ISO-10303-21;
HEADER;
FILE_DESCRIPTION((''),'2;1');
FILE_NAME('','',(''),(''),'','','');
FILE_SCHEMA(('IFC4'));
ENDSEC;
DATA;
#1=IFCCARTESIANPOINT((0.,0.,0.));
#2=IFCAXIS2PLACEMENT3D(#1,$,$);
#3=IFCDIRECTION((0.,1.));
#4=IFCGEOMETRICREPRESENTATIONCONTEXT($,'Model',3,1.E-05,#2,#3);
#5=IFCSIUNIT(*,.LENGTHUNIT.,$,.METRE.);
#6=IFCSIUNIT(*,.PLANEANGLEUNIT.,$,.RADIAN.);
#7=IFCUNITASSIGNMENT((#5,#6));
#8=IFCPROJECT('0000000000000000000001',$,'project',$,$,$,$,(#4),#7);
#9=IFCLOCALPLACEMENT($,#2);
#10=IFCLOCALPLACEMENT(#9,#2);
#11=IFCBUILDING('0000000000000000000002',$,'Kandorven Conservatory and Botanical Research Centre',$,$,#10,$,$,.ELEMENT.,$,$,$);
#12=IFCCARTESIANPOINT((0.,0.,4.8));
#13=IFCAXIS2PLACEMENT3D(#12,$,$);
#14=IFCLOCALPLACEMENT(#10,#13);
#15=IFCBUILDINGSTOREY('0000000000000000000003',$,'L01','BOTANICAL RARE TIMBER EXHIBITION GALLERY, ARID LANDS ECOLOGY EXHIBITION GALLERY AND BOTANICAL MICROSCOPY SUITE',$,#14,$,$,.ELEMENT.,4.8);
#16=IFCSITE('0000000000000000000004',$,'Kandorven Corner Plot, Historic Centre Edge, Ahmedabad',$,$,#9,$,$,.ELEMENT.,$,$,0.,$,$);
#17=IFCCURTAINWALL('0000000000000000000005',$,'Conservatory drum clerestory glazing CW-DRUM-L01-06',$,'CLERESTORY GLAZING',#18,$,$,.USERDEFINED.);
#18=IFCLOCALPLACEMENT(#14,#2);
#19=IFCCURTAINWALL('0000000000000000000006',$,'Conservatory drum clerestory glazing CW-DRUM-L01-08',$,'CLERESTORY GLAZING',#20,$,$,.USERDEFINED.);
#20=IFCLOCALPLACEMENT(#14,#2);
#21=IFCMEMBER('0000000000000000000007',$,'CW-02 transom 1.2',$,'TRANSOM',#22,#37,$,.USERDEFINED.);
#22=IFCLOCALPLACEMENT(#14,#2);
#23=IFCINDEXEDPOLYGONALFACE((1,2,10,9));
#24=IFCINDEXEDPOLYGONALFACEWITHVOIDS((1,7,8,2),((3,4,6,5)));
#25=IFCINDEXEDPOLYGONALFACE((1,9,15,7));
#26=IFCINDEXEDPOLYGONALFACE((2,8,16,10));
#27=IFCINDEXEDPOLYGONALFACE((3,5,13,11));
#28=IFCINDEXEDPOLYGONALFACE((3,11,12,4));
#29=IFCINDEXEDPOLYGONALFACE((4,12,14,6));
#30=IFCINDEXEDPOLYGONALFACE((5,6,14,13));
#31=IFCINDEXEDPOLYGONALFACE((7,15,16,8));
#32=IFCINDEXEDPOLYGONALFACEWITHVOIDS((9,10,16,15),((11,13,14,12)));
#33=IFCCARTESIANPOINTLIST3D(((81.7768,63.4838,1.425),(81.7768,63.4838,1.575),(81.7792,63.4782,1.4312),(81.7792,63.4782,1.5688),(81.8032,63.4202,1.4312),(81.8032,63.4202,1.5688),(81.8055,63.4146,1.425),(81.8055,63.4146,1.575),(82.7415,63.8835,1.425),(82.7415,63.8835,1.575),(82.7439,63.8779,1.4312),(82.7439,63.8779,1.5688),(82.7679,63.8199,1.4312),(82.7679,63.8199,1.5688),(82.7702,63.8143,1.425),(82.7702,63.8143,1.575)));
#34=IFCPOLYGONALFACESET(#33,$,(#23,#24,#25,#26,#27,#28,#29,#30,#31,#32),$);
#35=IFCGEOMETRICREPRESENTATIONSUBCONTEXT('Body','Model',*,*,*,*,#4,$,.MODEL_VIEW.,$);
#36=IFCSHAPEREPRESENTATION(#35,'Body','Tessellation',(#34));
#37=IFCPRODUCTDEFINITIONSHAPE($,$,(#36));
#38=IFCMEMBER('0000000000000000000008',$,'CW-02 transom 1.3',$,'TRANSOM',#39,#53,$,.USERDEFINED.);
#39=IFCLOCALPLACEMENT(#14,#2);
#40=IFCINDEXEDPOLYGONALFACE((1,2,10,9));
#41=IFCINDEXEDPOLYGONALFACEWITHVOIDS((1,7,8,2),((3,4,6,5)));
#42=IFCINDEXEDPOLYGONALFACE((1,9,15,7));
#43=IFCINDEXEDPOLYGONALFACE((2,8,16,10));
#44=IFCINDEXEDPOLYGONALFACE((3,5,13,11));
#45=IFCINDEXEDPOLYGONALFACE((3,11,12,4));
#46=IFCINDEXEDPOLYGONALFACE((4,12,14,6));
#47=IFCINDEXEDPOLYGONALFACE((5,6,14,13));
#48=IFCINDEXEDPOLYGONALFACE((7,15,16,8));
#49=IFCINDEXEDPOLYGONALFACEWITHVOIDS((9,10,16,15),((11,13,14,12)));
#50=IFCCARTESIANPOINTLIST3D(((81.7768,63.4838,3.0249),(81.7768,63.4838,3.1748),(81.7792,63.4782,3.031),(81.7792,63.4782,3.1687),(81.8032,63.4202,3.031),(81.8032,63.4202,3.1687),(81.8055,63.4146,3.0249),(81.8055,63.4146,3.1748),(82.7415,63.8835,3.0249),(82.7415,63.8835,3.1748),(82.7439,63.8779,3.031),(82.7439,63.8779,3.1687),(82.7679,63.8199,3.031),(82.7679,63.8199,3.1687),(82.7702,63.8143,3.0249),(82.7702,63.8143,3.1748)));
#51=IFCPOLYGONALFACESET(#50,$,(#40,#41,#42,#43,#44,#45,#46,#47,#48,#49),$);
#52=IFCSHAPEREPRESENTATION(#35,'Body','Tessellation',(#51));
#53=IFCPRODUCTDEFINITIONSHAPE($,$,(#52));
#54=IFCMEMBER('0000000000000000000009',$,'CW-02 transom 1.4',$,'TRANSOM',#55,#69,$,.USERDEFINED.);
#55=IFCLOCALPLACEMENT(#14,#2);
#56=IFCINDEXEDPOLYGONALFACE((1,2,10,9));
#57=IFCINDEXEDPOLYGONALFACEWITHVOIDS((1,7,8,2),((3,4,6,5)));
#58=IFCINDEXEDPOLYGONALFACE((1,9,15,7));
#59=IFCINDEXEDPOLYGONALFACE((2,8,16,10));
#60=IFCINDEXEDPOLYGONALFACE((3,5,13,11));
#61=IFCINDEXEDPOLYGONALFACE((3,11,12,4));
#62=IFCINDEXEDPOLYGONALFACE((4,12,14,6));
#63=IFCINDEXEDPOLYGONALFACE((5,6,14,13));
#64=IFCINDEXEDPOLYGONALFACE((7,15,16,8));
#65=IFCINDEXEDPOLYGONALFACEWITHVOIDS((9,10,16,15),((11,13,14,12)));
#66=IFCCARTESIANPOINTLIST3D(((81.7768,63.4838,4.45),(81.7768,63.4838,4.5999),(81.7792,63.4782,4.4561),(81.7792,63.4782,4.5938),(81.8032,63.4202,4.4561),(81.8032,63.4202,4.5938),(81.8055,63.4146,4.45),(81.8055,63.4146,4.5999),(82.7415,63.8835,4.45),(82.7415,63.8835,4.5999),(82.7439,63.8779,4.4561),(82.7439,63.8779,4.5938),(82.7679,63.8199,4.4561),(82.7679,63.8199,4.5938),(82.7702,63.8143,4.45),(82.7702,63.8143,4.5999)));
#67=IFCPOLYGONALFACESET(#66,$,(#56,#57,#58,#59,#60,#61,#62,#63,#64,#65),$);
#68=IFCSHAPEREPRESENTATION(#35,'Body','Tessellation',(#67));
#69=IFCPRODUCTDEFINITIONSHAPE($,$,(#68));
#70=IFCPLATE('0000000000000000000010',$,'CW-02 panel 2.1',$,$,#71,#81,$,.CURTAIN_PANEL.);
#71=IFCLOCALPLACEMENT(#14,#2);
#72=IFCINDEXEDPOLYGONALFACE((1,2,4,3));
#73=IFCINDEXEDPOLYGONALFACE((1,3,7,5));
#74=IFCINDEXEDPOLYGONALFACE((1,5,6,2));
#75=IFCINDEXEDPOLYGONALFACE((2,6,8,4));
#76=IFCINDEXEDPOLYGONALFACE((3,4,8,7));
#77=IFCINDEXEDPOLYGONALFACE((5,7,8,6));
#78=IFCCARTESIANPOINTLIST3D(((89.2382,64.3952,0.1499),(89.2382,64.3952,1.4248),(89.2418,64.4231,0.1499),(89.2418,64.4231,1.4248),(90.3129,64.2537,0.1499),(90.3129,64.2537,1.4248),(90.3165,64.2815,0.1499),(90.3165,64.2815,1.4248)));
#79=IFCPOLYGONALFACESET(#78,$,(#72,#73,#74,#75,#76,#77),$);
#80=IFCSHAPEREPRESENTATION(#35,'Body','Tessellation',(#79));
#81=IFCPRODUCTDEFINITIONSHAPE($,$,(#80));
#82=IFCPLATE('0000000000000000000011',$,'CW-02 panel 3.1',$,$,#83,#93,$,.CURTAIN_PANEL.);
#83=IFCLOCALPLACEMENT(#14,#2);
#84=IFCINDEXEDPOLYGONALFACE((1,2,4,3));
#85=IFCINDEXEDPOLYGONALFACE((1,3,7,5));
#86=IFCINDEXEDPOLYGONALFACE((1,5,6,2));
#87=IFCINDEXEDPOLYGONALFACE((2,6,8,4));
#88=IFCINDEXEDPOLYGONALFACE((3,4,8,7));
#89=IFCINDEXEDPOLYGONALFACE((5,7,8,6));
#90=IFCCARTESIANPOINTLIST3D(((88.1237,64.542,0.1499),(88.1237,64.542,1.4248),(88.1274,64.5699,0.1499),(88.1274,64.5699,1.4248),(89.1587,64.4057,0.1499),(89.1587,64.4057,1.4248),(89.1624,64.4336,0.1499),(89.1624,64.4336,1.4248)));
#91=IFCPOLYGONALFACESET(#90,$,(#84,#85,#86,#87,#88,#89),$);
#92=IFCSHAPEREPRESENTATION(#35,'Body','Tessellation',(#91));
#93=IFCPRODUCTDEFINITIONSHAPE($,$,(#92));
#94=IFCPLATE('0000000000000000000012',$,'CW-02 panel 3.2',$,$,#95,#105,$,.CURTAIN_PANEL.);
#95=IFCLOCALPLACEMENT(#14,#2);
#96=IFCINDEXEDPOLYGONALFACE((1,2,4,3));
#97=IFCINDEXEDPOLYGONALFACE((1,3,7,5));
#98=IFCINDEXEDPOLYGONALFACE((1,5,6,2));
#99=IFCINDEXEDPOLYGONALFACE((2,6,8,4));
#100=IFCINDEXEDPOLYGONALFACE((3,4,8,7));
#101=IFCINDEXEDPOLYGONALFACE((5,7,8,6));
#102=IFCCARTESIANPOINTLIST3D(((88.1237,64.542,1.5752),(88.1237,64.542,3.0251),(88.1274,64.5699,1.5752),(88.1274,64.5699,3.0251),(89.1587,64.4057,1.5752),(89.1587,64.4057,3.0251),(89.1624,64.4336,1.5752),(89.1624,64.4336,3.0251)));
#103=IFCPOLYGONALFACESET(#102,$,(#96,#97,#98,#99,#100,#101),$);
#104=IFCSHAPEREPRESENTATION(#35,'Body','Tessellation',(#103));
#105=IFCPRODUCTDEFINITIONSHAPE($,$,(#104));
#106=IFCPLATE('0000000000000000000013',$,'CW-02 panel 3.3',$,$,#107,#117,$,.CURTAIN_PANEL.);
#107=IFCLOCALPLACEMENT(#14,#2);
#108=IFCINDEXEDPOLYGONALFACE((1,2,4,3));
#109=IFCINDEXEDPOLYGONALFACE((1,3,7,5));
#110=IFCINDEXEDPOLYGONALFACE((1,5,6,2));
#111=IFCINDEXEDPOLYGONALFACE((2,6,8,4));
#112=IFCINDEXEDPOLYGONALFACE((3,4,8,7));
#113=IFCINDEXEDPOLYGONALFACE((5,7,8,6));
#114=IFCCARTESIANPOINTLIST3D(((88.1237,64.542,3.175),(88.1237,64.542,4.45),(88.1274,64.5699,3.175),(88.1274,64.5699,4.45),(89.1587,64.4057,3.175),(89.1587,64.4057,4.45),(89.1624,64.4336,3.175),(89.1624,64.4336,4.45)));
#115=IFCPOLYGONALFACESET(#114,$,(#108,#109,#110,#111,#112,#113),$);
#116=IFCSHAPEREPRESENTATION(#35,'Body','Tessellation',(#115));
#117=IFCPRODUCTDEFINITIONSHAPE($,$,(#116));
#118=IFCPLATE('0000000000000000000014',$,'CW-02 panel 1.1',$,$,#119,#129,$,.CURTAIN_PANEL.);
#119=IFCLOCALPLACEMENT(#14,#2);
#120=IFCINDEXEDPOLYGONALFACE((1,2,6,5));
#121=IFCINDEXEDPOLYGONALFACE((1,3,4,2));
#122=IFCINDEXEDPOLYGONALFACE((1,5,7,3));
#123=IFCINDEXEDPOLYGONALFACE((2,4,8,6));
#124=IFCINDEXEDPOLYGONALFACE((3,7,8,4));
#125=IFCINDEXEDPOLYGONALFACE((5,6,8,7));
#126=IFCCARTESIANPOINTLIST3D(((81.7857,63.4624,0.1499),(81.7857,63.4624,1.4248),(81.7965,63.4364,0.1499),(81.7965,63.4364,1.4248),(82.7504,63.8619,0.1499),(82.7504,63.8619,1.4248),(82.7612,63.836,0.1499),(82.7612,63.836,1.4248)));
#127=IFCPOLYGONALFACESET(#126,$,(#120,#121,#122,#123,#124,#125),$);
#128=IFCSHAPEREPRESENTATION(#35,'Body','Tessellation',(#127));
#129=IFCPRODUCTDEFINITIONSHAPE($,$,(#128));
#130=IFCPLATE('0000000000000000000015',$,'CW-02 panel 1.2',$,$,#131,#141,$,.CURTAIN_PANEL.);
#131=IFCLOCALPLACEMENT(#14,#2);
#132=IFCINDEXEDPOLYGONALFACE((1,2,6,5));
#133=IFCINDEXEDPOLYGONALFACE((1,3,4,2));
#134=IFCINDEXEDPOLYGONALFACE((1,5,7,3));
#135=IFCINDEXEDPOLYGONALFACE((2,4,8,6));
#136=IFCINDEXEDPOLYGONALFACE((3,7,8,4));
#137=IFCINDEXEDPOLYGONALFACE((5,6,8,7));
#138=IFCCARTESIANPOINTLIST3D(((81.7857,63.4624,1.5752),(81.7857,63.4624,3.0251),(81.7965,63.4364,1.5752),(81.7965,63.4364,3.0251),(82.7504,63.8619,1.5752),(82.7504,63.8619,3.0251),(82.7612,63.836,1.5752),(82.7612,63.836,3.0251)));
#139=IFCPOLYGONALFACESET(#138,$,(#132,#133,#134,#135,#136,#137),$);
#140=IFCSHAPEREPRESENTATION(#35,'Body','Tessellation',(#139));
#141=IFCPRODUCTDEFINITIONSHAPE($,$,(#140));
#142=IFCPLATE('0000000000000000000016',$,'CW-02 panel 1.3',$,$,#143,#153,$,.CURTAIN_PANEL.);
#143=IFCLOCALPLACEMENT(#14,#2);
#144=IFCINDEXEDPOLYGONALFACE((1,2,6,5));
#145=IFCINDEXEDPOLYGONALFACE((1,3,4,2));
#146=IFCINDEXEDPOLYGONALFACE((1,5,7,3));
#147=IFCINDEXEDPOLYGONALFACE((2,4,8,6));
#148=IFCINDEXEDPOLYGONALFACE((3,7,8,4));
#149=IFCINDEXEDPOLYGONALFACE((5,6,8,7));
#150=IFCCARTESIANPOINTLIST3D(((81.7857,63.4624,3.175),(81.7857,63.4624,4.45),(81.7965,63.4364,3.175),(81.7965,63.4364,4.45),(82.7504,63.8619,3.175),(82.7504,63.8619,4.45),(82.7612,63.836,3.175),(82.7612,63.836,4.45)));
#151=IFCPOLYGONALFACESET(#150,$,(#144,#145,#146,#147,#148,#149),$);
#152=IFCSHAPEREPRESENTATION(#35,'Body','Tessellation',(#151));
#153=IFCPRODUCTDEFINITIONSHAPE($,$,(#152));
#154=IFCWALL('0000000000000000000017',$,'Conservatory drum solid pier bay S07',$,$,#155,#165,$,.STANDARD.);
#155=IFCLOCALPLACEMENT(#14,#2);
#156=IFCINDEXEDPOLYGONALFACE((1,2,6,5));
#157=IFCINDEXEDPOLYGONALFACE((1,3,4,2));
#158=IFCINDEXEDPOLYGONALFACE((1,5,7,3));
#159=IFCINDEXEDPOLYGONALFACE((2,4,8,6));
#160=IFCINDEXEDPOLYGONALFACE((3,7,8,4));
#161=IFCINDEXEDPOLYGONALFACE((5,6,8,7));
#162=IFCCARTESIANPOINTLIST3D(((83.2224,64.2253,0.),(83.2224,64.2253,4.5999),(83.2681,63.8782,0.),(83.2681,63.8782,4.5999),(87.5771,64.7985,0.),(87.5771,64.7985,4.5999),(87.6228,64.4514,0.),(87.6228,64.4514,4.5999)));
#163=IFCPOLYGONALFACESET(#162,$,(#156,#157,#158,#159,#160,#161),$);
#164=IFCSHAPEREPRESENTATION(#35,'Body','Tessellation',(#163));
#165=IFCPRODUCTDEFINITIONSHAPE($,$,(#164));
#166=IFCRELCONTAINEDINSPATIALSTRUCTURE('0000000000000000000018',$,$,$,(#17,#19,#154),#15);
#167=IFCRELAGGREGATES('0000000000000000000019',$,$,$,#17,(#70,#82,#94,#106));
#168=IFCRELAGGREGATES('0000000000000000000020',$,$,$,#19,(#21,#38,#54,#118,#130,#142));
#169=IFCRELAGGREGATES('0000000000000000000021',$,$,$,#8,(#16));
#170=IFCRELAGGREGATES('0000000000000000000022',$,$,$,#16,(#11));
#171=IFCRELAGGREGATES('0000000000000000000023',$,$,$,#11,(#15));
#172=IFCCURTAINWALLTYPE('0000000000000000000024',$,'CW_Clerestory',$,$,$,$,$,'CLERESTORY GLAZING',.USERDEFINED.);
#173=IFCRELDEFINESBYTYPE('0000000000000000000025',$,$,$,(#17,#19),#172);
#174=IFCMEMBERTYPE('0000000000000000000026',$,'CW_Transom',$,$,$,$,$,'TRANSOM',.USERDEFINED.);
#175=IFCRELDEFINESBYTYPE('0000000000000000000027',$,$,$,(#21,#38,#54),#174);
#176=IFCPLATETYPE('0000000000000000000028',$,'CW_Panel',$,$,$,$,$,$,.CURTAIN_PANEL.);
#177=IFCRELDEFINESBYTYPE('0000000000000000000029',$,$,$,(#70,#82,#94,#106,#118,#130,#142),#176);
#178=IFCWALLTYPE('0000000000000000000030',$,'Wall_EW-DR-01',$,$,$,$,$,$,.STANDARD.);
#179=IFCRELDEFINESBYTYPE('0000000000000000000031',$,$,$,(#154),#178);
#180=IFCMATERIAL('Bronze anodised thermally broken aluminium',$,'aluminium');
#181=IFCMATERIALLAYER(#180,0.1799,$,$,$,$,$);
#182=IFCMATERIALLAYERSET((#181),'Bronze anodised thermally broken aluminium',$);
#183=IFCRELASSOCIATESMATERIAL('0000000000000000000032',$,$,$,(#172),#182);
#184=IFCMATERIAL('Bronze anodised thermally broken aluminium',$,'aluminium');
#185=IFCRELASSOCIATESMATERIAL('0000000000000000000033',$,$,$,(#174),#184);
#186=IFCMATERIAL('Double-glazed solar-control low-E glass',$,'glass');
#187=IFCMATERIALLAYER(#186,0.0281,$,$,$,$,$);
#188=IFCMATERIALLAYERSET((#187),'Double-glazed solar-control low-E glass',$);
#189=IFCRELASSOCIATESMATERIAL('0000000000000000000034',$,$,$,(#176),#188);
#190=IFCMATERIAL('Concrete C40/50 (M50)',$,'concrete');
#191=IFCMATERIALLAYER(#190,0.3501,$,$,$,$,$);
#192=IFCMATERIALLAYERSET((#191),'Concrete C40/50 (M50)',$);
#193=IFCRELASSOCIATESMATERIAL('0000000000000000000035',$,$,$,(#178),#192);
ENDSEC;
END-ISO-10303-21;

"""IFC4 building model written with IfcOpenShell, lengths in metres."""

from ifc_helpers import new_model, si_unit, direction, frame, frame_2d, origin, origin_2d, place, context, subcontext, project, spatial, rectangle, hollow_rectangle, extrude, material, layer, layer_set, material_profile, profile_set, type_object, element, aggregate, save


model = new_model("IFC4")

# Units and contexts
model_context = context("Model", 3, precision=1e-05, world=origin(), true_north=direction((0.0, 1.0)))
body_context = subcontext(model_context, "Body", "Model", "MODEL_VIEW")
ifc_project = project(units=[si_unit("LENGTHUNIT", "METRE"), si_unit("PLANEANGLEUNIT", "RADIAN")], contexts=[model_context])

# Site, building, storey
site_placement = place(None, origin())
site = spatial("IfcSite", under=ifc_project, at=site_placement, Name="Kandorven Corner Plot, Historic Centre Edge, Ahmedabad", CompositionType="ELEMENT", RefElevation=0.0)
building_placement = place(site_placement, origin())
building = spatial("IfcBuilding", under=site, at=building_placement, Name="Kandorven Conservatory and Botanical Research Centre", CompositionType="ELEMENT")
storey_placement = place(building_placement, frame((0.0, 0.0, 4.8)))
storey = spatial("IfcBuildingStorey", under=building, at=storey_placement, Name="L01", Description="BOTANICAL RARE TIMBER EXHIBITION GALLERY, ARID LANDS ECOLOGY EXHIBITION GALLERY AND BOTANICAL MICROSCOPY SUITE", CompositionType="ELEMENT", Elevation=4.8)

# Curtain walls
ifc_material_1 = material(Name="Bronze anodised thermally broken aluminium", Category="aluminium")
ifc_layer_1 = layer(ifc_material_1, 0.1799)
ifc_layer_set_1 = layer_set([ifc_layer_1], Name="Bronze anodised thermally broken aluminium")
curtain_wall_type = type_object("IfcCurtainWallType", Name="CW_Clerestory", ElementType="CLERESTORY GLAZING", PredefinedType="USERDEFINED", material=ifc_layer_set_1)
curtain_wall_1_placement = place(storey_placement, origin())
curtain_wall_1 = element("IfcCurtainWall", 1, at=curtain_wall_1_placement, inside=storey, type_object=curtain_wall_type, Name="Conservatory drum clerestory glazing CW-DRUM-L01-06", ObjectType="CLERESTORY GLAZING", PredefinedType="USERDEFINED")
curtain_wall_2_placement = place(storey_placement, origin())
curtain_wall_2 = element("IfcCurtainWall", 2, at=curtain_wall_2_placement, inside=storey, type_object=curtain_wall_type, Name="Conservatory drum clerestory glazing CW-DRUM-L01-08", ObjectType="CLERESTORY GLAZING", PredefinedType="USERDEFINED")

# Members
ifc_material_2 = material(Name="Bronze anodised thermally broken aluminium", Category="aluminium")
ifc_material_profile_1 = material_profile(ifc_material_2, hollow_rectangle(XDim=0.075, YDim=0.1499, WallThickness=0.0061, at=origin_2d()))
ifc_profile_set_1 = profile_set([ifc_material_profile_1], Name="Bronze anodised thermally broken aluminium")
member_type_1 = type_object("IfcMemberType", Name="CW_Transom", ElementType="TRANSOM", PredefinedType="USERDEFINED", material=ifc_profile_set_1)
member_1_placement = place(storey_placement, frame((82.7559, 63.8489, 1.5), z_axis=(-0.923843, -0.382772, 0.0), x_axis=(0.382772, -0.923843, 0.0)))
member_1 = element("IfcMember", 3, at=member_1_placement, type_object=member_type_1, Name="CW-02 transom 1.2", ObjectType="TRANSOM", PredefinedType="USERDEFINED", context=body_context, shape_type="SweptSolid", body=[
    extrude(hollow_rectangle(XDim=0.075, YDim=0.1499, WallThickness=0.0061, at=origin_2d()), origin(), (0.0, 0.0, 1.0), 1.0442),
])
member_2_placement = place(storey_placement, frame((82.7559, 63.8489, 3.0999), z_axis=(-0.923843, -0.382772, 0.0), x_axis=(0.382772, -0.923843, 0.0)))
member_2 = element("IfcMember", 4, at=member_2_placement, type_object=member_type_1, Name="CW-02 transom 1.3", ObjectType="TRANSOM", PredefinedType="USERDEFINED", context=body_context, shape_type="SweptSolid", body=[
    extrude(hollow_rectangle(XDim=0.075, YDim=0.1499, WallThickness=0.0061, at=origin_2d()), origin(), (0.0, 0.0, 1.0), 1.0442),
])
member_3_placement = place(storey_placement, frame((82.7559, 63.8489, 4.5249), z_axis=(-0.923843, -0.382772, 0.0), x_axis=(0.382772, -0.923843, 0.0)))
member_3 = element("IfcMember", 5, at=member_3_placement, type_object=member_type_1, Name="CW-02 transom 1.4", ObjectType="TRANSOM", PredefinedType="USERDEFINED", context=body_context, shape_type="SweptSolid", body=[
    extrude(hollow_rectangle(XDim=0.075, YDim=0.1499, WallThickness=0.0061, at=origin_2d()), origin(), (0.0, 0.0, 1.0), 1.0442),
])

# Plates
ifc_material_3 = material(Name="Double-glazed solar-control low-E glass", Category="glass")
ifc_layer_2 = layer(ifc_material_3, 0.0281)
ifc_layer_set_2 = layer_set([ifc_layer_2], Name="Double-glazed solar-control low-E glass")
plate_type = type_object("IfcPlateType", Name="CW_Panel", PredefinedType="CURTAIN_PANEL", material=ifc_layer_set_2)
plate_1_placement = place(storey_placement, frame((89.7773, 64.3384, 0.1499), z_axis=(0.0, 0.0, 1.0), x_axis=(-0.991441, 0.130552, 0.0)))
plate_1 = element("IfcPlate", 6, at=plate_1_placement, type_object=plate_type, Name="CW-02 panel 2.1", PredefinedType="CURTAIN_PANEL", context=body_context, shape_type="SweptSolid", body=[
    extrude(rectangle(XDim=1.084, YDim=0.0281, at=origin_2d()), origin(), (0.0, 0.0, 1.0), 1.2749),
])
plate_2_placement = place(storey_placement, frame((88.6431, 64.4878, 0.1499), z_axis=(0.0, 0.0, 1.0), x_axis=(-0.991441, 0.130552, 0.0)))
plate_2 = element("IfcPlate", 7, at=plate_2_placement, type_object=plate_type, Name="CW-02 panel 3.1", PredefinedType="CURTAIN_PANEL", context=body_context, shape_type="SweptSolid", body=[
    extrude(rectangle(XDim=1.0439, YDim=0.0281, at=origin_2d()), origin(), (0.0, 0.0, 1.0), 1.2749),
])
plate_3_placement = place(storey_placement, frame((88.6431, 64.4878, 1.5752), z_axis=(0.0, 0.0, 1.0), x_axis=(-0.991441, 0.130552, 0.0)))
plate_3 = element("IfcPlate", 8, at=plate_3_placement, type_object=plate_type, Name="CW-02 panel 3.2", PredefinedType="CURTAIN_PANEL", context=body_context, shape_type="SweptSolid", body=[
    extrude(rectangle(XDim=1.0439, YDim=0.0281, at=origin_2d()), origin(), (0.0, 0.0, 1.0), 1.45),
])
plate_4_placement = place(storey_placement, frame((88.6431, 64.4878, 3.175), z_axis=(0.0, 0.0, 1.0), x_axis=(-0.991441, 0.130552, 0.0)))
plate_4 = element("IfcPlate", 9, at=plate_4_placement, type_object=plate_type, Name="CW-02 panel 3.3", PredefinedType="CURTAIN_PANEL", context=body_context, shape_type="SweptSolid", body=[
    extrude(rectangle(XDim=1.0439, YDim=0.0281, at=origin_2d()), origin(), (0.0, 0.0, 1.0), 1.2749),
])
aggregate(curtain_wall_1, [plate_1, plate_2, plate_3, plate_4])
plate_5_placement = place(storey_placement, frame((82.2734, 63.6492, 0.1499), z_axis=(0.0, 0.0, 1.0), x_axis=(-0.923886, -0.382669, 0.0)))
plate_5 = element("IfcPlate", 10, at=plate_5_placement, type_object=plate_type, Name="CW-02 panel 1.1", PredefinedType="CURTAIN_PANEL", context=body_context, shape_type="SweptSolid", body=[
    extrude(rectangle(XDim=1.0442, YDim=0.0281, at=origin_2d()), origin(), (0.0, 0.0, 1.0), 1.2749),
])
plate_6_placement = place(storey_placement, frame((82.2734, 63.6492, 1.5752), z_axis=(0.0, 0.0, 1.0), x_axis=(-0.923886, -0.382669, 0.0)))
plate_6 = element("IfcPlate", 11, at=plate_6_placement, type_object=plate_type, Name="CW-02 panel 1.2", PredefinedType="CURTAIN_PANEL", context=body_context, shape_type="SweptSolid", body=[
    extrude(rectangle(XDim=1.0442, YDim=0.0281, at=origin_2d()), origin(), (0.0, 0.0, 1.0), 1.45),
])
plate_7_placement = place(storey_placement, frame((82.2734, 63.6492, 3.175), z_axis=(0.0, 0.0, 1.0), x_axis=(-0.923886, -0.382669, 0.0)))
plate_7 = element("IfcPlate", 12, at=plate_7_placement, type_object=plate_type, Name="CW-02 panel 1.3", PredefinedType="CURTAIN_PANEL", context=body_context, shape_type="SweptSolid", body=[
    extrude(rectangle(XDim=1.0442, YDim=0.0281, at=origin_2d()), origin(), (0.0, 0.0, 1.0), 1.2749),
])
aggregate(curtain_wall_2, [member_1, member_2, member_3, plate_5, plate_6, plate_7])

# Wall
ifc_material_4 = material(Name="Concrete C40/50 (M50)", Category="concrete")
ifc_layer_3 = layer(ifc_material_4, 0.3501)
ifc_layer_set_3 = layer_set([ifc_layer_3], Name="Concrete C40/50 (M50)")
wall_type = type_object("IfcWallType", Name="Wall_EW-DR-01", PredefinedType="STANDARD", material=ifc_layer_set_3)
wall_placement = place(storey_placement, frame((87.6001, 64.625, 0.0), z_axis=(0.0, 0.0, 1.0), x_axis=(-0.991447, -0.130511, 0.0)))
element("IfcWall", 13, at=wall_placement, inside=storey, type_object=wall_type, Name="Conservatory drum solid pier bay S07", PredefinedType="STANDARD", context=body_context, shape_type="SweptSolid", body=[
    extrude(rectangle(XDim=4.3923, YDim=0.3501, at=frame_2d((2.1963, 0.0))), origin(), (0.0, 0.0, 1.0), 4.5999),
])

save(model, "model.ifc")
